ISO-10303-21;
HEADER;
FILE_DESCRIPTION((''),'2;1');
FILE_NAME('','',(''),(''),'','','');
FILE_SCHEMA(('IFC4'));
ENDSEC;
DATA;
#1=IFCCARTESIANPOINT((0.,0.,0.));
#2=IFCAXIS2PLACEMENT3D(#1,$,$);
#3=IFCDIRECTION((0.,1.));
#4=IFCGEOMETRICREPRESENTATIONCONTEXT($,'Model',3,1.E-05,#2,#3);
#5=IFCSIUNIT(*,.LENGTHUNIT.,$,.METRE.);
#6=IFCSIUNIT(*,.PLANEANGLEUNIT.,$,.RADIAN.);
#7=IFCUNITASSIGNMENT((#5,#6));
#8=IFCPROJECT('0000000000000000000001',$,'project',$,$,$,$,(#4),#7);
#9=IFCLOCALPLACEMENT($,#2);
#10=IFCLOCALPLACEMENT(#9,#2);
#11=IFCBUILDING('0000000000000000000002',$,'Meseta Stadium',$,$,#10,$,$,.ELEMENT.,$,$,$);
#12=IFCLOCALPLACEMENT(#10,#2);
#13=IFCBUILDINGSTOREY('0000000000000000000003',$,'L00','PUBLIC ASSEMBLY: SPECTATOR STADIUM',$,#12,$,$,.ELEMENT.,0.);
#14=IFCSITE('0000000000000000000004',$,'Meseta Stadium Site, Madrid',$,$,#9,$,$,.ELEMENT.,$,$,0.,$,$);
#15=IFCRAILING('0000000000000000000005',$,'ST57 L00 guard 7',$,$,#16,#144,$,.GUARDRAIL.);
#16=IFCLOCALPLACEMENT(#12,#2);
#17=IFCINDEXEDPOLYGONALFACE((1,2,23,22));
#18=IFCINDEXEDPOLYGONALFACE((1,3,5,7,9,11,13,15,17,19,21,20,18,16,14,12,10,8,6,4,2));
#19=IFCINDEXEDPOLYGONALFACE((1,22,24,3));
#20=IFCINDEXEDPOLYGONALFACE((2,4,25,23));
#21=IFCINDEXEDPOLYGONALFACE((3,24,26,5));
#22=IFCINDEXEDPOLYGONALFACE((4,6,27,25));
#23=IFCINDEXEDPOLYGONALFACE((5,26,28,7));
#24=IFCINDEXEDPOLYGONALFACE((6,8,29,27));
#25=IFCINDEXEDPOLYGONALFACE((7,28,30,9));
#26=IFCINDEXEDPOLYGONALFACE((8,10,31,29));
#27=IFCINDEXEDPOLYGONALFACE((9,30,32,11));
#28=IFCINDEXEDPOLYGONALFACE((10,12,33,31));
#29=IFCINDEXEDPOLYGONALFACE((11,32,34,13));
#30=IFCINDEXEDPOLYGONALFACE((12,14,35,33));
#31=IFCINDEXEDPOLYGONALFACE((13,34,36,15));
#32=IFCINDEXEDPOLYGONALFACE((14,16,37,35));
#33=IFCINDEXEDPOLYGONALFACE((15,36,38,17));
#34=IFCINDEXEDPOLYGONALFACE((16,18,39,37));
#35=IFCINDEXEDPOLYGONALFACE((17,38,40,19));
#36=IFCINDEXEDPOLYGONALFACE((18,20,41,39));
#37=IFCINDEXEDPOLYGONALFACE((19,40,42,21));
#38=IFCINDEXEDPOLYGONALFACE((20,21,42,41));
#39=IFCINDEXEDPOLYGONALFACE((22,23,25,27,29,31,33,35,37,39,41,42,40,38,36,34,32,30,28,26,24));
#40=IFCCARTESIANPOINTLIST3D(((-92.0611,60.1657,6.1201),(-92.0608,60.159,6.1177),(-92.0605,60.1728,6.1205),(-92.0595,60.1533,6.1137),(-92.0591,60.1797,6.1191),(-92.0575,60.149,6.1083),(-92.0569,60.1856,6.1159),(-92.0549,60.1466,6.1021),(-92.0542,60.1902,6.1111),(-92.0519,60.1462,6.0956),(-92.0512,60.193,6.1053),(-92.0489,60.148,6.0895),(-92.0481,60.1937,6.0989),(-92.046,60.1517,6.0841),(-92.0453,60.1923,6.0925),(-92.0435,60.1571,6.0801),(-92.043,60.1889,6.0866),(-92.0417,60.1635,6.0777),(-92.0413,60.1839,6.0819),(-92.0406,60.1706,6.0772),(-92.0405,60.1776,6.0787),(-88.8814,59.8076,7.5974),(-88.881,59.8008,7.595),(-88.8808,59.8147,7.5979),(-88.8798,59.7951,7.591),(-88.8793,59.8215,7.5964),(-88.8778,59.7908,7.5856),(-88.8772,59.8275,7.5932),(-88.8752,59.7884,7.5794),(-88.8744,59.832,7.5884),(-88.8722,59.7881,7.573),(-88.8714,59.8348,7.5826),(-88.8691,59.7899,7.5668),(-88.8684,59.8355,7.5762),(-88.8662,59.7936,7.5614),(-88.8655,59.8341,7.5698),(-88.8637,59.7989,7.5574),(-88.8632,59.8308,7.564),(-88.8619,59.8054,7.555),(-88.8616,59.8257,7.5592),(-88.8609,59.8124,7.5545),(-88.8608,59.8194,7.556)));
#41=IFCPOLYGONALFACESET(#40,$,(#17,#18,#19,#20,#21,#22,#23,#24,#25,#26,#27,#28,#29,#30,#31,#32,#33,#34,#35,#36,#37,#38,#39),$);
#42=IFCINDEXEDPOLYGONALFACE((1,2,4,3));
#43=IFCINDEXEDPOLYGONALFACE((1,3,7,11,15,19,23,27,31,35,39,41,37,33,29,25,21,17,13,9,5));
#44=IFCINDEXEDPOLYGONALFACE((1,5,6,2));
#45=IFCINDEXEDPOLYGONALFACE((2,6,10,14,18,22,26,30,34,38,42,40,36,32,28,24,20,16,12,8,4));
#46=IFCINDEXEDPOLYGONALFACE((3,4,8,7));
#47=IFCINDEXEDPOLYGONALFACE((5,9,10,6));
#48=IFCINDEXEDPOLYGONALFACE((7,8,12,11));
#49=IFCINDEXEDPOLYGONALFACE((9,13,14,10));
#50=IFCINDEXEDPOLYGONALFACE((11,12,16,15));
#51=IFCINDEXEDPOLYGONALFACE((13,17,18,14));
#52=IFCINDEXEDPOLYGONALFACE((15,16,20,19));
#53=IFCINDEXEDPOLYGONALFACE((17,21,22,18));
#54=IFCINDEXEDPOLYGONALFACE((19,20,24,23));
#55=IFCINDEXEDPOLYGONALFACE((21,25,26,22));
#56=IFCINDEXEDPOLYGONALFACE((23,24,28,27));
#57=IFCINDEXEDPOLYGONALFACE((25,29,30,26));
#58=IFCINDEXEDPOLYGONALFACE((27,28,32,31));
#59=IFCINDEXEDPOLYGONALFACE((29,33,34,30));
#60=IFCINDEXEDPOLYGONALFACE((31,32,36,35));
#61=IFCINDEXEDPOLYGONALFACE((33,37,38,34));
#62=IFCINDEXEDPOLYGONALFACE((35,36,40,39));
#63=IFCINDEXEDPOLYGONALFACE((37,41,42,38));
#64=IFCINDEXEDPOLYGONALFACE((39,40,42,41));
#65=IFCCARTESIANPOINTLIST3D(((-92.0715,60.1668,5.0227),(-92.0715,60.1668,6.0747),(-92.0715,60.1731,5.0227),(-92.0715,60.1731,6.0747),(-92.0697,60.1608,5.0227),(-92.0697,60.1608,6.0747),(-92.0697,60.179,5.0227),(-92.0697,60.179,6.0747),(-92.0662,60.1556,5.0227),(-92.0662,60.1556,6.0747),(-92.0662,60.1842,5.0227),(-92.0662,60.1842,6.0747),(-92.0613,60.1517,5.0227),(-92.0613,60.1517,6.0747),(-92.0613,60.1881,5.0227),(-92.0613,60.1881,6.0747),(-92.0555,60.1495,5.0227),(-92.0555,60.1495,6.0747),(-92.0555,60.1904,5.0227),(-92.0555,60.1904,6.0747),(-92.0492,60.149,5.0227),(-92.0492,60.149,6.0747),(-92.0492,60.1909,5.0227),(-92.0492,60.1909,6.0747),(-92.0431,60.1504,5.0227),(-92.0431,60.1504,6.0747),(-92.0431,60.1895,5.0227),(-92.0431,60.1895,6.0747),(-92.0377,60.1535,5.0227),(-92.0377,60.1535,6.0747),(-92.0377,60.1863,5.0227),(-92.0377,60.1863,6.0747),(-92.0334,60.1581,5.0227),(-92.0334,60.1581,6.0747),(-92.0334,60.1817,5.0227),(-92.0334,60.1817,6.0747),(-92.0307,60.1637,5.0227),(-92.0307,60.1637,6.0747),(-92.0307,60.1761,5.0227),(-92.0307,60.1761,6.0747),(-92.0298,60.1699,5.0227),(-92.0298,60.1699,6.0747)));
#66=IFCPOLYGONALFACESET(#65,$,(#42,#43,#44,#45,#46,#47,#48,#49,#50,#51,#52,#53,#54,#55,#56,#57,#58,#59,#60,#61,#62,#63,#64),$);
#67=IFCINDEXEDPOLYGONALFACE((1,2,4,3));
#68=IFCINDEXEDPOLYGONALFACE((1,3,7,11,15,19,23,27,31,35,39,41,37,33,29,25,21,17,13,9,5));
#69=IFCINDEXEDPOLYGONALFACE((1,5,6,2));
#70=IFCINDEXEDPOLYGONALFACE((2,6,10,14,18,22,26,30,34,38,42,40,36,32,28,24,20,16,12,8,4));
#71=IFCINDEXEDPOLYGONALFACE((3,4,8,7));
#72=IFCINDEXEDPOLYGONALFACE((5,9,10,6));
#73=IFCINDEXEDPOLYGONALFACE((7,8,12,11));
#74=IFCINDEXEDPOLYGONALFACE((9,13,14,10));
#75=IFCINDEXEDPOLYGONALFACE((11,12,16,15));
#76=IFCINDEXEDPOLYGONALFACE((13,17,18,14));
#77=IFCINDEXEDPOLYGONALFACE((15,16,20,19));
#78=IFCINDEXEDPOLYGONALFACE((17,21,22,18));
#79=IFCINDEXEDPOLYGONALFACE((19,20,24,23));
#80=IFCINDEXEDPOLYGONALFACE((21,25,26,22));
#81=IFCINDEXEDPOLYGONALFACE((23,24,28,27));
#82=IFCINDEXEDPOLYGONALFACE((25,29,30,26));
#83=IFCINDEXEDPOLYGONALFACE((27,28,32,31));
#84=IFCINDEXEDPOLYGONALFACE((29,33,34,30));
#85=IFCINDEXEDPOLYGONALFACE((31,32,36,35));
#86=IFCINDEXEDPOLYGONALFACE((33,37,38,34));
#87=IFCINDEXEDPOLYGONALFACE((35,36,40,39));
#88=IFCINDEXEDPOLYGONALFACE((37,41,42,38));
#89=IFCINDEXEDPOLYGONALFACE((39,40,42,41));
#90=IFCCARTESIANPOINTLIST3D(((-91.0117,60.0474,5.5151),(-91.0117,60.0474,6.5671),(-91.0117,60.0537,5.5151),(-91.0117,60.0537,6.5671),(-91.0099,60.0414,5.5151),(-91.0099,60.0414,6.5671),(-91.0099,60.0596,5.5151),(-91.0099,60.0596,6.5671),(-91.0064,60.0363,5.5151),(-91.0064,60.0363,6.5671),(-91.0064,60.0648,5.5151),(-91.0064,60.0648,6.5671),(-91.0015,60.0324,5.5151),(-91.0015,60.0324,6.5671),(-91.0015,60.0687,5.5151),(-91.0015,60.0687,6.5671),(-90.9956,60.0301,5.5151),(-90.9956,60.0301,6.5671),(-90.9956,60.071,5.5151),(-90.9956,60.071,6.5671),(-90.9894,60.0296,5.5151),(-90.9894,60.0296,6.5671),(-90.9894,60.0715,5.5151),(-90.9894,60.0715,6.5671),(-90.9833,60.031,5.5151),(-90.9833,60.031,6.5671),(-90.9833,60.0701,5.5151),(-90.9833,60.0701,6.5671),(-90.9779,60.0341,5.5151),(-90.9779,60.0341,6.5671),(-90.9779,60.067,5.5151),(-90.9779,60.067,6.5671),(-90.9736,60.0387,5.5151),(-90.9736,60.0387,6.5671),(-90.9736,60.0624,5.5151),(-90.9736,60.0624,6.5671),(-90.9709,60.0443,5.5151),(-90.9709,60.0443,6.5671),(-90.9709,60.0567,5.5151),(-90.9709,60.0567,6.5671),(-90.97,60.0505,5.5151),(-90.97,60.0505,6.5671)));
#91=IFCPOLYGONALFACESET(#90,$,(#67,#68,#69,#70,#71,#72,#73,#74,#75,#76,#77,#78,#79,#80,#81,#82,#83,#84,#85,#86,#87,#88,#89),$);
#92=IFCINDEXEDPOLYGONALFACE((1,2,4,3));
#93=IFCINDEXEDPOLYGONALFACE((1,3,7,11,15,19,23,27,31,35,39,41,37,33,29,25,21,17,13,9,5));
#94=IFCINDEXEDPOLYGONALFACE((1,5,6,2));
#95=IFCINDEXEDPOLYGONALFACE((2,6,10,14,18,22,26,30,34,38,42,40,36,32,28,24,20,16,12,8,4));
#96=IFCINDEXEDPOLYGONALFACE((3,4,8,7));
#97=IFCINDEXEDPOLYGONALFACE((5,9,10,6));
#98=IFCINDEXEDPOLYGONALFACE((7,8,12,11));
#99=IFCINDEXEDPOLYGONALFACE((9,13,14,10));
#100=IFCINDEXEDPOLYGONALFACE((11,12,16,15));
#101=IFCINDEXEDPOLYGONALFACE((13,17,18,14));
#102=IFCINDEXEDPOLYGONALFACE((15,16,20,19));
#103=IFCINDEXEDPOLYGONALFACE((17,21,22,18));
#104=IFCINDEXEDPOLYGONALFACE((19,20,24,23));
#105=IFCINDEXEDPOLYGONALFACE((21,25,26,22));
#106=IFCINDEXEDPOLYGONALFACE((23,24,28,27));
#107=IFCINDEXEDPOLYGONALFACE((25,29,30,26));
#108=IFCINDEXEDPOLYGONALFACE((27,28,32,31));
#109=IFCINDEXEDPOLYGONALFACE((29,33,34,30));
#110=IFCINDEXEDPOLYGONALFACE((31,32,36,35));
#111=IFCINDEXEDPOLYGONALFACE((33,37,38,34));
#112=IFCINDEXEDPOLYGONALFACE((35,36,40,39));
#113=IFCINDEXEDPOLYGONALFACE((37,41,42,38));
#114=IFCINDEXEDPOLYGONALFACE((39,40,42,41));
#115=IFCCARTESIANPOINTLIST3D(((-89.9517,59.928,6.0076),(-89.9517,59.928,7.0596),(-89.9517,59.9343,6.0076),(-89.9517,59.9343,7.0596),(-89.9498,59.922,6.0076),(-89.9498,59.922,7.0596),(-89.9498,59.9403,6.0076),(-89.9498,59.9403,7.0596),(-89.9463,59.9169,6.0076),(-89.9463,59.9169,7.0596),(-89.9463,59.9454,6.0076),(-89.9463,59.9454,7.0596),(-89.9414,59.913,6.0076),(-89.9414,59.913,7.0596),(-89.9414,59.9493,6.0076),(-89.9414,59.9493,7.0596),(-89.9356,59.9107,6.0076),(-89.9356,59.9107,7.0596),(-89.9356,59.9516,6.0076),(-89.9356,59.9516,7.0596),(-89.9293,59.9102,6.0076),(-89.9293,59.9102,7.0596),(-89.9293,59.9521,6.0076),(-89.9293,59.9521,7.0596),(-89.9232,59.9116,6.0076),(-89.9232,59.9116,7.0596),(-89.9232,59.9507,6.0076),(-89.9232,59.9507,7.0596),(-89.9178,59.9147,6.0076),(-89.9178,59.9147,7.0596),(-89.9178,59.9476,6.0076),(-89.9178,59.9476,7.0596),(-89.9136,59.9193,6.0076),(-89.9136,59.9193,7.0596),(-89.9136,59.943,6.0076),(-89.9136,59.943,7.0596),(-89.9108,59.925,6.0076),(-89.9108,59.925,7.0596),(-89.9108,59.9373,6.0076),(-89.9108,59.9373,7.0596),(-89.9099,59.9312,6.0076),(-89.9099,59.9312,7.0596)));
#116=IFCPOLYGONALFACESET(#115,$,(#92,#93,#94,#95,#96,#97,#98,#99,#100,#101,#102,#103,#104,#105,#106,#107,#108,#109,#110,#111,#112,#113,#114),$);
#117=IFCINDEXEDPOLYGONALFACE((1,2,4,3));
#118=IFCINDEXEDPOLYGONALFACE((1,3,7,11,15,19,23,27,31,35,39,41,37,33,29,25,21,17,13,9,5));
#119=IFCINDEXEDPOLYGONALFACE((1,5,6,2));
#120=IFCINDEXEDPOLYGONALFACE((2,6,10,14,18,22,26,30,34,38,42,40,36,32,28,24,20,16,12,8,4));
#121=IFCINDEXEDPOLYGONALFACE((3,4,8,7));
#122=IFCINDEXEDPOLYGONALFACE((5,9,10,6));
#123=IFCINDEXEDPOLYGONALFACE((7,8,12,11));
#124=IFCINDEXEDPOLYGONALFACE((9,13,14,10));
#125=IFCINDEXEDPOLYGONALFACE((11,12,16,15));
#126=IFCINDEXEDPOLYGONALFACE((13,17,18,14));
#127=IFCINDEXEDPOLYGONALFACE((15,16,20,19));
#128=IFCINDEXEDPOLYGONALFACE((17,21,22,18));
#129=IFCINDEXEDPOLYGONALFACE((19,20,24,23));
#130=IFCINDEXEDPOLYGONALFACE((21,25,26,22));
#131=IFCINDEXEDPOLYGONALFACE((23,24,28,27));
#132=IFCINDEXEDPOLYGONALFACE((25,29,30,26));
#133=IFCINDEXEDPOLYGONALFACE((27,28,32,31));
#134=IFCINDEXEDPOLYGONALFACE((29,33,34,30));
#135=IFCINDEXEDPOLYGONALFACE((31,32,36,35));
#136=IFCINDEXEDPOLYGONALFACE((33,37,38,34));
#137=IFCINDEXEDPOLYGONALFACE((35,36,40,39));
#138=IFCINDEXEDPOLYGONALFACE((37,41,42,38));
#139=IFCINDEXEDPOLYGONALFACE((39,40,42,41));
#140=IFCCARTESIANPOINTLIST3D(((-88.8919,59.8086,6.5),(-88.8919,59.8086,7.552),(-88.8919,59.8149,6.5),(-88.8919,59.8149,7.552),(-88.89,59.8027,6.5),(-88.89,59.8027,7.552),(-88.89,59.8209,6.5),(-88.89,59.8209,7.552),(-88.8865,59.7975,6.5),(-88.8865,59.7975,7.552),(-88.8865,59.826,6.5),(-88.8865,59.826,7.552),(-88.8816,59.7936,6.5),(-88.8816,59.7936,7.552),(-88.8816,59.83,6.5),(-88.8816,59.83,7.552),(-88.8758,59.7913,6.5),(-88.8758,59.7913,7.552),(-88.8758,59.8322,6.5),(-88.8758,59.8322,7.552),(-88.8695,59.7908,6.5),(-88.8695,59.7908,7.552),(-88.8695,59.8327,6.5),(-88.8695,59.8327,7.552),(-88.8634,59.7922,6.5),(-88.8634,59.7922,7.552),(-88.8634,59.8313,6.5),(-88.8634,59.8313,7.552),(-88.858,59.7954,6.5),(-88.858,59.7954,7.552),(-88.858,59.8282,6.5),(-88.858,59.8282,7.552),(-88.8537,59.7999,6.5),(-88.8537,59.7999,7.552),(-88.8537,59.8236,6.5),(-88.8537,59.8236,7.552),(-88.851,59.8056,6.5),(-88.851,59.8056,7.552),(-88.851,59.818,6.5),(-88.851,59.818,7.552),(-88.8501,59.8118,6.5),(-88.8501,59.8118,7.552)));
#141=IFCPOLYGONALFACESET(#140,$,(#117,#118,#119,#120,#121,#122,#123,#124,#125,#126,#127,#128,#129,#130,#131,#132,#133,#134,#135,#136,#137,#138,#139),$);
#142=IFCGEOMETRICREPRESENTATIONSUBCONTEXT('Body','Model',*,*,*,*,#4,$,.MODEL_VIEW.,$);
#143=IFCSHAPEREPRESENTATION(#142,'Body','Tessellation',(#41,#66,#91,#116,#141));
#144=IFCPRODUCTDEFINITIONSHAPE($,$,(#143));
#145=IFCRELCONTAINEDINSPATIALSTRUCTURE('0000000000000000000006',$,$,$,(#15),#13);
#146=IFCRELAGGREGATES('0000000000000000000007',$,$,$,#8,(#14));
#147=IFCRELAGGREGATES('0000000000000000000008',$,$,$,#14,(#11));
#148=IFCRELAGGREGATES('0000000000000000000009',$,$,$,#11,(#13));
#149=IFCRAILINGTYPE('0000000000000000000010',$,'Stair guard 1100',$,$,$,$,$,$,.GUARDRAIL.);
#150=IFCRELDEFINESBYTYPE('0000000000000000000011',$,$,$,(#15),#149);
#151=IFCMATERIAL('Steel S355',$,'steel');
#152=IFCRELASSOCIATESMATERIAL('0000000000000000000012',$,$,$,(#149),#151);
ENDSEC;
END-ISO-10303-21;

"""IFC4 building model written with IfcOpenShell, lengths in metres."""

from ifc_helpers import new_model, si_unit, direction, frame, origin, origin_2d, place, context, subcontext, project, spatial, circle, extrude, material, type_object, element, save


model = new_model("IFC4")

# Units and contexts
model_context = context("Model", 3, precision=1e-05, world=origin(), true_north=direction((0.0, 1.0)))
body_context = subcontext(model_context, "Body", "Model", "MODEL_VIEW")
ifc_project = project(units=[si_unit("LENGTHUNIT", "METRE"), si_unit("PLANEANGLEUNIT", "RADIAN")], contexts=[model_context])

# Site, building, storey
site_placement = place(None, origin())
site = spatial("IfcSite", under=ifc_project, at=site_placement, Name="Meseta Stadium Site, Madrid", CompositionType="ELEMENT", RefElevation=0.0)
building_placement = place(site_placement, origin())
building = spatial("IfcBuilding", under=site, at=building_placement, Name="Meseta Stadium", CompositionType="ELEMENT")
storey_placement = place(building_placement, origin())
storey = spatial("IfcBuildingStorey", under=building, at=storey_placement, Name="L00", Description="PUBLIC ASSEMBLY: SPECTATOR STADIUM", CompositionType="ELEMENT", Elevation=0.0)

# Railing
ifc_material_1 = material(Name="Steel S355", Category="steel")
railing_type_1 = type_object("IfcRailingType", Name="Stair guard 1100", PredefinedType="GUARDRAIL", material=ifc_material_1)
railing_1_placement = place(storey_placement, frame((-92.0508, 60.1699, 5.0227)))
element("IfcRailing", 1, at=railing_1_placement, inside=storey, type_object=railing_type_1, Name="ST57 L00 guard 7", PredefinedType="GUARDRAIL", context=body_context, shape_type="SweptSolid", body=[
    extrude(circle(Radius=0.0239, at=origin_2d()), frame((0.0, 0.0, 1.0762), z_axis=(0.902204, -0.101623, 0.419167), x_axis=(0.11193, 0.993716, 0.0)), (0.0, 0.0, 1.0), 3.5244),
    extrude(circle(Radius=0.021, at=origin_2d()), origin(), (0.0, 0.0, 1.0), 1.052),
    extrude(circle(Radius=0.021, at=origin_2d()), frame((1.0598, -0.1194, 0.4924)), (0.0, 0.0, 1.0), 1.052),
    extrude(circle(Radius=0.021, at=origin_2d()), frame((2.1199, -0.2388, 0.9849)), (0.0, 0.0, 1.0), 1.052),
    extrude(circle(Radius=0.021, at=origin_2d()), frame((3.1797, -0.3582, 1.4773)), (0.0, 0.0, 1.0), 1.052),
])

save(model, "model.ifc")
